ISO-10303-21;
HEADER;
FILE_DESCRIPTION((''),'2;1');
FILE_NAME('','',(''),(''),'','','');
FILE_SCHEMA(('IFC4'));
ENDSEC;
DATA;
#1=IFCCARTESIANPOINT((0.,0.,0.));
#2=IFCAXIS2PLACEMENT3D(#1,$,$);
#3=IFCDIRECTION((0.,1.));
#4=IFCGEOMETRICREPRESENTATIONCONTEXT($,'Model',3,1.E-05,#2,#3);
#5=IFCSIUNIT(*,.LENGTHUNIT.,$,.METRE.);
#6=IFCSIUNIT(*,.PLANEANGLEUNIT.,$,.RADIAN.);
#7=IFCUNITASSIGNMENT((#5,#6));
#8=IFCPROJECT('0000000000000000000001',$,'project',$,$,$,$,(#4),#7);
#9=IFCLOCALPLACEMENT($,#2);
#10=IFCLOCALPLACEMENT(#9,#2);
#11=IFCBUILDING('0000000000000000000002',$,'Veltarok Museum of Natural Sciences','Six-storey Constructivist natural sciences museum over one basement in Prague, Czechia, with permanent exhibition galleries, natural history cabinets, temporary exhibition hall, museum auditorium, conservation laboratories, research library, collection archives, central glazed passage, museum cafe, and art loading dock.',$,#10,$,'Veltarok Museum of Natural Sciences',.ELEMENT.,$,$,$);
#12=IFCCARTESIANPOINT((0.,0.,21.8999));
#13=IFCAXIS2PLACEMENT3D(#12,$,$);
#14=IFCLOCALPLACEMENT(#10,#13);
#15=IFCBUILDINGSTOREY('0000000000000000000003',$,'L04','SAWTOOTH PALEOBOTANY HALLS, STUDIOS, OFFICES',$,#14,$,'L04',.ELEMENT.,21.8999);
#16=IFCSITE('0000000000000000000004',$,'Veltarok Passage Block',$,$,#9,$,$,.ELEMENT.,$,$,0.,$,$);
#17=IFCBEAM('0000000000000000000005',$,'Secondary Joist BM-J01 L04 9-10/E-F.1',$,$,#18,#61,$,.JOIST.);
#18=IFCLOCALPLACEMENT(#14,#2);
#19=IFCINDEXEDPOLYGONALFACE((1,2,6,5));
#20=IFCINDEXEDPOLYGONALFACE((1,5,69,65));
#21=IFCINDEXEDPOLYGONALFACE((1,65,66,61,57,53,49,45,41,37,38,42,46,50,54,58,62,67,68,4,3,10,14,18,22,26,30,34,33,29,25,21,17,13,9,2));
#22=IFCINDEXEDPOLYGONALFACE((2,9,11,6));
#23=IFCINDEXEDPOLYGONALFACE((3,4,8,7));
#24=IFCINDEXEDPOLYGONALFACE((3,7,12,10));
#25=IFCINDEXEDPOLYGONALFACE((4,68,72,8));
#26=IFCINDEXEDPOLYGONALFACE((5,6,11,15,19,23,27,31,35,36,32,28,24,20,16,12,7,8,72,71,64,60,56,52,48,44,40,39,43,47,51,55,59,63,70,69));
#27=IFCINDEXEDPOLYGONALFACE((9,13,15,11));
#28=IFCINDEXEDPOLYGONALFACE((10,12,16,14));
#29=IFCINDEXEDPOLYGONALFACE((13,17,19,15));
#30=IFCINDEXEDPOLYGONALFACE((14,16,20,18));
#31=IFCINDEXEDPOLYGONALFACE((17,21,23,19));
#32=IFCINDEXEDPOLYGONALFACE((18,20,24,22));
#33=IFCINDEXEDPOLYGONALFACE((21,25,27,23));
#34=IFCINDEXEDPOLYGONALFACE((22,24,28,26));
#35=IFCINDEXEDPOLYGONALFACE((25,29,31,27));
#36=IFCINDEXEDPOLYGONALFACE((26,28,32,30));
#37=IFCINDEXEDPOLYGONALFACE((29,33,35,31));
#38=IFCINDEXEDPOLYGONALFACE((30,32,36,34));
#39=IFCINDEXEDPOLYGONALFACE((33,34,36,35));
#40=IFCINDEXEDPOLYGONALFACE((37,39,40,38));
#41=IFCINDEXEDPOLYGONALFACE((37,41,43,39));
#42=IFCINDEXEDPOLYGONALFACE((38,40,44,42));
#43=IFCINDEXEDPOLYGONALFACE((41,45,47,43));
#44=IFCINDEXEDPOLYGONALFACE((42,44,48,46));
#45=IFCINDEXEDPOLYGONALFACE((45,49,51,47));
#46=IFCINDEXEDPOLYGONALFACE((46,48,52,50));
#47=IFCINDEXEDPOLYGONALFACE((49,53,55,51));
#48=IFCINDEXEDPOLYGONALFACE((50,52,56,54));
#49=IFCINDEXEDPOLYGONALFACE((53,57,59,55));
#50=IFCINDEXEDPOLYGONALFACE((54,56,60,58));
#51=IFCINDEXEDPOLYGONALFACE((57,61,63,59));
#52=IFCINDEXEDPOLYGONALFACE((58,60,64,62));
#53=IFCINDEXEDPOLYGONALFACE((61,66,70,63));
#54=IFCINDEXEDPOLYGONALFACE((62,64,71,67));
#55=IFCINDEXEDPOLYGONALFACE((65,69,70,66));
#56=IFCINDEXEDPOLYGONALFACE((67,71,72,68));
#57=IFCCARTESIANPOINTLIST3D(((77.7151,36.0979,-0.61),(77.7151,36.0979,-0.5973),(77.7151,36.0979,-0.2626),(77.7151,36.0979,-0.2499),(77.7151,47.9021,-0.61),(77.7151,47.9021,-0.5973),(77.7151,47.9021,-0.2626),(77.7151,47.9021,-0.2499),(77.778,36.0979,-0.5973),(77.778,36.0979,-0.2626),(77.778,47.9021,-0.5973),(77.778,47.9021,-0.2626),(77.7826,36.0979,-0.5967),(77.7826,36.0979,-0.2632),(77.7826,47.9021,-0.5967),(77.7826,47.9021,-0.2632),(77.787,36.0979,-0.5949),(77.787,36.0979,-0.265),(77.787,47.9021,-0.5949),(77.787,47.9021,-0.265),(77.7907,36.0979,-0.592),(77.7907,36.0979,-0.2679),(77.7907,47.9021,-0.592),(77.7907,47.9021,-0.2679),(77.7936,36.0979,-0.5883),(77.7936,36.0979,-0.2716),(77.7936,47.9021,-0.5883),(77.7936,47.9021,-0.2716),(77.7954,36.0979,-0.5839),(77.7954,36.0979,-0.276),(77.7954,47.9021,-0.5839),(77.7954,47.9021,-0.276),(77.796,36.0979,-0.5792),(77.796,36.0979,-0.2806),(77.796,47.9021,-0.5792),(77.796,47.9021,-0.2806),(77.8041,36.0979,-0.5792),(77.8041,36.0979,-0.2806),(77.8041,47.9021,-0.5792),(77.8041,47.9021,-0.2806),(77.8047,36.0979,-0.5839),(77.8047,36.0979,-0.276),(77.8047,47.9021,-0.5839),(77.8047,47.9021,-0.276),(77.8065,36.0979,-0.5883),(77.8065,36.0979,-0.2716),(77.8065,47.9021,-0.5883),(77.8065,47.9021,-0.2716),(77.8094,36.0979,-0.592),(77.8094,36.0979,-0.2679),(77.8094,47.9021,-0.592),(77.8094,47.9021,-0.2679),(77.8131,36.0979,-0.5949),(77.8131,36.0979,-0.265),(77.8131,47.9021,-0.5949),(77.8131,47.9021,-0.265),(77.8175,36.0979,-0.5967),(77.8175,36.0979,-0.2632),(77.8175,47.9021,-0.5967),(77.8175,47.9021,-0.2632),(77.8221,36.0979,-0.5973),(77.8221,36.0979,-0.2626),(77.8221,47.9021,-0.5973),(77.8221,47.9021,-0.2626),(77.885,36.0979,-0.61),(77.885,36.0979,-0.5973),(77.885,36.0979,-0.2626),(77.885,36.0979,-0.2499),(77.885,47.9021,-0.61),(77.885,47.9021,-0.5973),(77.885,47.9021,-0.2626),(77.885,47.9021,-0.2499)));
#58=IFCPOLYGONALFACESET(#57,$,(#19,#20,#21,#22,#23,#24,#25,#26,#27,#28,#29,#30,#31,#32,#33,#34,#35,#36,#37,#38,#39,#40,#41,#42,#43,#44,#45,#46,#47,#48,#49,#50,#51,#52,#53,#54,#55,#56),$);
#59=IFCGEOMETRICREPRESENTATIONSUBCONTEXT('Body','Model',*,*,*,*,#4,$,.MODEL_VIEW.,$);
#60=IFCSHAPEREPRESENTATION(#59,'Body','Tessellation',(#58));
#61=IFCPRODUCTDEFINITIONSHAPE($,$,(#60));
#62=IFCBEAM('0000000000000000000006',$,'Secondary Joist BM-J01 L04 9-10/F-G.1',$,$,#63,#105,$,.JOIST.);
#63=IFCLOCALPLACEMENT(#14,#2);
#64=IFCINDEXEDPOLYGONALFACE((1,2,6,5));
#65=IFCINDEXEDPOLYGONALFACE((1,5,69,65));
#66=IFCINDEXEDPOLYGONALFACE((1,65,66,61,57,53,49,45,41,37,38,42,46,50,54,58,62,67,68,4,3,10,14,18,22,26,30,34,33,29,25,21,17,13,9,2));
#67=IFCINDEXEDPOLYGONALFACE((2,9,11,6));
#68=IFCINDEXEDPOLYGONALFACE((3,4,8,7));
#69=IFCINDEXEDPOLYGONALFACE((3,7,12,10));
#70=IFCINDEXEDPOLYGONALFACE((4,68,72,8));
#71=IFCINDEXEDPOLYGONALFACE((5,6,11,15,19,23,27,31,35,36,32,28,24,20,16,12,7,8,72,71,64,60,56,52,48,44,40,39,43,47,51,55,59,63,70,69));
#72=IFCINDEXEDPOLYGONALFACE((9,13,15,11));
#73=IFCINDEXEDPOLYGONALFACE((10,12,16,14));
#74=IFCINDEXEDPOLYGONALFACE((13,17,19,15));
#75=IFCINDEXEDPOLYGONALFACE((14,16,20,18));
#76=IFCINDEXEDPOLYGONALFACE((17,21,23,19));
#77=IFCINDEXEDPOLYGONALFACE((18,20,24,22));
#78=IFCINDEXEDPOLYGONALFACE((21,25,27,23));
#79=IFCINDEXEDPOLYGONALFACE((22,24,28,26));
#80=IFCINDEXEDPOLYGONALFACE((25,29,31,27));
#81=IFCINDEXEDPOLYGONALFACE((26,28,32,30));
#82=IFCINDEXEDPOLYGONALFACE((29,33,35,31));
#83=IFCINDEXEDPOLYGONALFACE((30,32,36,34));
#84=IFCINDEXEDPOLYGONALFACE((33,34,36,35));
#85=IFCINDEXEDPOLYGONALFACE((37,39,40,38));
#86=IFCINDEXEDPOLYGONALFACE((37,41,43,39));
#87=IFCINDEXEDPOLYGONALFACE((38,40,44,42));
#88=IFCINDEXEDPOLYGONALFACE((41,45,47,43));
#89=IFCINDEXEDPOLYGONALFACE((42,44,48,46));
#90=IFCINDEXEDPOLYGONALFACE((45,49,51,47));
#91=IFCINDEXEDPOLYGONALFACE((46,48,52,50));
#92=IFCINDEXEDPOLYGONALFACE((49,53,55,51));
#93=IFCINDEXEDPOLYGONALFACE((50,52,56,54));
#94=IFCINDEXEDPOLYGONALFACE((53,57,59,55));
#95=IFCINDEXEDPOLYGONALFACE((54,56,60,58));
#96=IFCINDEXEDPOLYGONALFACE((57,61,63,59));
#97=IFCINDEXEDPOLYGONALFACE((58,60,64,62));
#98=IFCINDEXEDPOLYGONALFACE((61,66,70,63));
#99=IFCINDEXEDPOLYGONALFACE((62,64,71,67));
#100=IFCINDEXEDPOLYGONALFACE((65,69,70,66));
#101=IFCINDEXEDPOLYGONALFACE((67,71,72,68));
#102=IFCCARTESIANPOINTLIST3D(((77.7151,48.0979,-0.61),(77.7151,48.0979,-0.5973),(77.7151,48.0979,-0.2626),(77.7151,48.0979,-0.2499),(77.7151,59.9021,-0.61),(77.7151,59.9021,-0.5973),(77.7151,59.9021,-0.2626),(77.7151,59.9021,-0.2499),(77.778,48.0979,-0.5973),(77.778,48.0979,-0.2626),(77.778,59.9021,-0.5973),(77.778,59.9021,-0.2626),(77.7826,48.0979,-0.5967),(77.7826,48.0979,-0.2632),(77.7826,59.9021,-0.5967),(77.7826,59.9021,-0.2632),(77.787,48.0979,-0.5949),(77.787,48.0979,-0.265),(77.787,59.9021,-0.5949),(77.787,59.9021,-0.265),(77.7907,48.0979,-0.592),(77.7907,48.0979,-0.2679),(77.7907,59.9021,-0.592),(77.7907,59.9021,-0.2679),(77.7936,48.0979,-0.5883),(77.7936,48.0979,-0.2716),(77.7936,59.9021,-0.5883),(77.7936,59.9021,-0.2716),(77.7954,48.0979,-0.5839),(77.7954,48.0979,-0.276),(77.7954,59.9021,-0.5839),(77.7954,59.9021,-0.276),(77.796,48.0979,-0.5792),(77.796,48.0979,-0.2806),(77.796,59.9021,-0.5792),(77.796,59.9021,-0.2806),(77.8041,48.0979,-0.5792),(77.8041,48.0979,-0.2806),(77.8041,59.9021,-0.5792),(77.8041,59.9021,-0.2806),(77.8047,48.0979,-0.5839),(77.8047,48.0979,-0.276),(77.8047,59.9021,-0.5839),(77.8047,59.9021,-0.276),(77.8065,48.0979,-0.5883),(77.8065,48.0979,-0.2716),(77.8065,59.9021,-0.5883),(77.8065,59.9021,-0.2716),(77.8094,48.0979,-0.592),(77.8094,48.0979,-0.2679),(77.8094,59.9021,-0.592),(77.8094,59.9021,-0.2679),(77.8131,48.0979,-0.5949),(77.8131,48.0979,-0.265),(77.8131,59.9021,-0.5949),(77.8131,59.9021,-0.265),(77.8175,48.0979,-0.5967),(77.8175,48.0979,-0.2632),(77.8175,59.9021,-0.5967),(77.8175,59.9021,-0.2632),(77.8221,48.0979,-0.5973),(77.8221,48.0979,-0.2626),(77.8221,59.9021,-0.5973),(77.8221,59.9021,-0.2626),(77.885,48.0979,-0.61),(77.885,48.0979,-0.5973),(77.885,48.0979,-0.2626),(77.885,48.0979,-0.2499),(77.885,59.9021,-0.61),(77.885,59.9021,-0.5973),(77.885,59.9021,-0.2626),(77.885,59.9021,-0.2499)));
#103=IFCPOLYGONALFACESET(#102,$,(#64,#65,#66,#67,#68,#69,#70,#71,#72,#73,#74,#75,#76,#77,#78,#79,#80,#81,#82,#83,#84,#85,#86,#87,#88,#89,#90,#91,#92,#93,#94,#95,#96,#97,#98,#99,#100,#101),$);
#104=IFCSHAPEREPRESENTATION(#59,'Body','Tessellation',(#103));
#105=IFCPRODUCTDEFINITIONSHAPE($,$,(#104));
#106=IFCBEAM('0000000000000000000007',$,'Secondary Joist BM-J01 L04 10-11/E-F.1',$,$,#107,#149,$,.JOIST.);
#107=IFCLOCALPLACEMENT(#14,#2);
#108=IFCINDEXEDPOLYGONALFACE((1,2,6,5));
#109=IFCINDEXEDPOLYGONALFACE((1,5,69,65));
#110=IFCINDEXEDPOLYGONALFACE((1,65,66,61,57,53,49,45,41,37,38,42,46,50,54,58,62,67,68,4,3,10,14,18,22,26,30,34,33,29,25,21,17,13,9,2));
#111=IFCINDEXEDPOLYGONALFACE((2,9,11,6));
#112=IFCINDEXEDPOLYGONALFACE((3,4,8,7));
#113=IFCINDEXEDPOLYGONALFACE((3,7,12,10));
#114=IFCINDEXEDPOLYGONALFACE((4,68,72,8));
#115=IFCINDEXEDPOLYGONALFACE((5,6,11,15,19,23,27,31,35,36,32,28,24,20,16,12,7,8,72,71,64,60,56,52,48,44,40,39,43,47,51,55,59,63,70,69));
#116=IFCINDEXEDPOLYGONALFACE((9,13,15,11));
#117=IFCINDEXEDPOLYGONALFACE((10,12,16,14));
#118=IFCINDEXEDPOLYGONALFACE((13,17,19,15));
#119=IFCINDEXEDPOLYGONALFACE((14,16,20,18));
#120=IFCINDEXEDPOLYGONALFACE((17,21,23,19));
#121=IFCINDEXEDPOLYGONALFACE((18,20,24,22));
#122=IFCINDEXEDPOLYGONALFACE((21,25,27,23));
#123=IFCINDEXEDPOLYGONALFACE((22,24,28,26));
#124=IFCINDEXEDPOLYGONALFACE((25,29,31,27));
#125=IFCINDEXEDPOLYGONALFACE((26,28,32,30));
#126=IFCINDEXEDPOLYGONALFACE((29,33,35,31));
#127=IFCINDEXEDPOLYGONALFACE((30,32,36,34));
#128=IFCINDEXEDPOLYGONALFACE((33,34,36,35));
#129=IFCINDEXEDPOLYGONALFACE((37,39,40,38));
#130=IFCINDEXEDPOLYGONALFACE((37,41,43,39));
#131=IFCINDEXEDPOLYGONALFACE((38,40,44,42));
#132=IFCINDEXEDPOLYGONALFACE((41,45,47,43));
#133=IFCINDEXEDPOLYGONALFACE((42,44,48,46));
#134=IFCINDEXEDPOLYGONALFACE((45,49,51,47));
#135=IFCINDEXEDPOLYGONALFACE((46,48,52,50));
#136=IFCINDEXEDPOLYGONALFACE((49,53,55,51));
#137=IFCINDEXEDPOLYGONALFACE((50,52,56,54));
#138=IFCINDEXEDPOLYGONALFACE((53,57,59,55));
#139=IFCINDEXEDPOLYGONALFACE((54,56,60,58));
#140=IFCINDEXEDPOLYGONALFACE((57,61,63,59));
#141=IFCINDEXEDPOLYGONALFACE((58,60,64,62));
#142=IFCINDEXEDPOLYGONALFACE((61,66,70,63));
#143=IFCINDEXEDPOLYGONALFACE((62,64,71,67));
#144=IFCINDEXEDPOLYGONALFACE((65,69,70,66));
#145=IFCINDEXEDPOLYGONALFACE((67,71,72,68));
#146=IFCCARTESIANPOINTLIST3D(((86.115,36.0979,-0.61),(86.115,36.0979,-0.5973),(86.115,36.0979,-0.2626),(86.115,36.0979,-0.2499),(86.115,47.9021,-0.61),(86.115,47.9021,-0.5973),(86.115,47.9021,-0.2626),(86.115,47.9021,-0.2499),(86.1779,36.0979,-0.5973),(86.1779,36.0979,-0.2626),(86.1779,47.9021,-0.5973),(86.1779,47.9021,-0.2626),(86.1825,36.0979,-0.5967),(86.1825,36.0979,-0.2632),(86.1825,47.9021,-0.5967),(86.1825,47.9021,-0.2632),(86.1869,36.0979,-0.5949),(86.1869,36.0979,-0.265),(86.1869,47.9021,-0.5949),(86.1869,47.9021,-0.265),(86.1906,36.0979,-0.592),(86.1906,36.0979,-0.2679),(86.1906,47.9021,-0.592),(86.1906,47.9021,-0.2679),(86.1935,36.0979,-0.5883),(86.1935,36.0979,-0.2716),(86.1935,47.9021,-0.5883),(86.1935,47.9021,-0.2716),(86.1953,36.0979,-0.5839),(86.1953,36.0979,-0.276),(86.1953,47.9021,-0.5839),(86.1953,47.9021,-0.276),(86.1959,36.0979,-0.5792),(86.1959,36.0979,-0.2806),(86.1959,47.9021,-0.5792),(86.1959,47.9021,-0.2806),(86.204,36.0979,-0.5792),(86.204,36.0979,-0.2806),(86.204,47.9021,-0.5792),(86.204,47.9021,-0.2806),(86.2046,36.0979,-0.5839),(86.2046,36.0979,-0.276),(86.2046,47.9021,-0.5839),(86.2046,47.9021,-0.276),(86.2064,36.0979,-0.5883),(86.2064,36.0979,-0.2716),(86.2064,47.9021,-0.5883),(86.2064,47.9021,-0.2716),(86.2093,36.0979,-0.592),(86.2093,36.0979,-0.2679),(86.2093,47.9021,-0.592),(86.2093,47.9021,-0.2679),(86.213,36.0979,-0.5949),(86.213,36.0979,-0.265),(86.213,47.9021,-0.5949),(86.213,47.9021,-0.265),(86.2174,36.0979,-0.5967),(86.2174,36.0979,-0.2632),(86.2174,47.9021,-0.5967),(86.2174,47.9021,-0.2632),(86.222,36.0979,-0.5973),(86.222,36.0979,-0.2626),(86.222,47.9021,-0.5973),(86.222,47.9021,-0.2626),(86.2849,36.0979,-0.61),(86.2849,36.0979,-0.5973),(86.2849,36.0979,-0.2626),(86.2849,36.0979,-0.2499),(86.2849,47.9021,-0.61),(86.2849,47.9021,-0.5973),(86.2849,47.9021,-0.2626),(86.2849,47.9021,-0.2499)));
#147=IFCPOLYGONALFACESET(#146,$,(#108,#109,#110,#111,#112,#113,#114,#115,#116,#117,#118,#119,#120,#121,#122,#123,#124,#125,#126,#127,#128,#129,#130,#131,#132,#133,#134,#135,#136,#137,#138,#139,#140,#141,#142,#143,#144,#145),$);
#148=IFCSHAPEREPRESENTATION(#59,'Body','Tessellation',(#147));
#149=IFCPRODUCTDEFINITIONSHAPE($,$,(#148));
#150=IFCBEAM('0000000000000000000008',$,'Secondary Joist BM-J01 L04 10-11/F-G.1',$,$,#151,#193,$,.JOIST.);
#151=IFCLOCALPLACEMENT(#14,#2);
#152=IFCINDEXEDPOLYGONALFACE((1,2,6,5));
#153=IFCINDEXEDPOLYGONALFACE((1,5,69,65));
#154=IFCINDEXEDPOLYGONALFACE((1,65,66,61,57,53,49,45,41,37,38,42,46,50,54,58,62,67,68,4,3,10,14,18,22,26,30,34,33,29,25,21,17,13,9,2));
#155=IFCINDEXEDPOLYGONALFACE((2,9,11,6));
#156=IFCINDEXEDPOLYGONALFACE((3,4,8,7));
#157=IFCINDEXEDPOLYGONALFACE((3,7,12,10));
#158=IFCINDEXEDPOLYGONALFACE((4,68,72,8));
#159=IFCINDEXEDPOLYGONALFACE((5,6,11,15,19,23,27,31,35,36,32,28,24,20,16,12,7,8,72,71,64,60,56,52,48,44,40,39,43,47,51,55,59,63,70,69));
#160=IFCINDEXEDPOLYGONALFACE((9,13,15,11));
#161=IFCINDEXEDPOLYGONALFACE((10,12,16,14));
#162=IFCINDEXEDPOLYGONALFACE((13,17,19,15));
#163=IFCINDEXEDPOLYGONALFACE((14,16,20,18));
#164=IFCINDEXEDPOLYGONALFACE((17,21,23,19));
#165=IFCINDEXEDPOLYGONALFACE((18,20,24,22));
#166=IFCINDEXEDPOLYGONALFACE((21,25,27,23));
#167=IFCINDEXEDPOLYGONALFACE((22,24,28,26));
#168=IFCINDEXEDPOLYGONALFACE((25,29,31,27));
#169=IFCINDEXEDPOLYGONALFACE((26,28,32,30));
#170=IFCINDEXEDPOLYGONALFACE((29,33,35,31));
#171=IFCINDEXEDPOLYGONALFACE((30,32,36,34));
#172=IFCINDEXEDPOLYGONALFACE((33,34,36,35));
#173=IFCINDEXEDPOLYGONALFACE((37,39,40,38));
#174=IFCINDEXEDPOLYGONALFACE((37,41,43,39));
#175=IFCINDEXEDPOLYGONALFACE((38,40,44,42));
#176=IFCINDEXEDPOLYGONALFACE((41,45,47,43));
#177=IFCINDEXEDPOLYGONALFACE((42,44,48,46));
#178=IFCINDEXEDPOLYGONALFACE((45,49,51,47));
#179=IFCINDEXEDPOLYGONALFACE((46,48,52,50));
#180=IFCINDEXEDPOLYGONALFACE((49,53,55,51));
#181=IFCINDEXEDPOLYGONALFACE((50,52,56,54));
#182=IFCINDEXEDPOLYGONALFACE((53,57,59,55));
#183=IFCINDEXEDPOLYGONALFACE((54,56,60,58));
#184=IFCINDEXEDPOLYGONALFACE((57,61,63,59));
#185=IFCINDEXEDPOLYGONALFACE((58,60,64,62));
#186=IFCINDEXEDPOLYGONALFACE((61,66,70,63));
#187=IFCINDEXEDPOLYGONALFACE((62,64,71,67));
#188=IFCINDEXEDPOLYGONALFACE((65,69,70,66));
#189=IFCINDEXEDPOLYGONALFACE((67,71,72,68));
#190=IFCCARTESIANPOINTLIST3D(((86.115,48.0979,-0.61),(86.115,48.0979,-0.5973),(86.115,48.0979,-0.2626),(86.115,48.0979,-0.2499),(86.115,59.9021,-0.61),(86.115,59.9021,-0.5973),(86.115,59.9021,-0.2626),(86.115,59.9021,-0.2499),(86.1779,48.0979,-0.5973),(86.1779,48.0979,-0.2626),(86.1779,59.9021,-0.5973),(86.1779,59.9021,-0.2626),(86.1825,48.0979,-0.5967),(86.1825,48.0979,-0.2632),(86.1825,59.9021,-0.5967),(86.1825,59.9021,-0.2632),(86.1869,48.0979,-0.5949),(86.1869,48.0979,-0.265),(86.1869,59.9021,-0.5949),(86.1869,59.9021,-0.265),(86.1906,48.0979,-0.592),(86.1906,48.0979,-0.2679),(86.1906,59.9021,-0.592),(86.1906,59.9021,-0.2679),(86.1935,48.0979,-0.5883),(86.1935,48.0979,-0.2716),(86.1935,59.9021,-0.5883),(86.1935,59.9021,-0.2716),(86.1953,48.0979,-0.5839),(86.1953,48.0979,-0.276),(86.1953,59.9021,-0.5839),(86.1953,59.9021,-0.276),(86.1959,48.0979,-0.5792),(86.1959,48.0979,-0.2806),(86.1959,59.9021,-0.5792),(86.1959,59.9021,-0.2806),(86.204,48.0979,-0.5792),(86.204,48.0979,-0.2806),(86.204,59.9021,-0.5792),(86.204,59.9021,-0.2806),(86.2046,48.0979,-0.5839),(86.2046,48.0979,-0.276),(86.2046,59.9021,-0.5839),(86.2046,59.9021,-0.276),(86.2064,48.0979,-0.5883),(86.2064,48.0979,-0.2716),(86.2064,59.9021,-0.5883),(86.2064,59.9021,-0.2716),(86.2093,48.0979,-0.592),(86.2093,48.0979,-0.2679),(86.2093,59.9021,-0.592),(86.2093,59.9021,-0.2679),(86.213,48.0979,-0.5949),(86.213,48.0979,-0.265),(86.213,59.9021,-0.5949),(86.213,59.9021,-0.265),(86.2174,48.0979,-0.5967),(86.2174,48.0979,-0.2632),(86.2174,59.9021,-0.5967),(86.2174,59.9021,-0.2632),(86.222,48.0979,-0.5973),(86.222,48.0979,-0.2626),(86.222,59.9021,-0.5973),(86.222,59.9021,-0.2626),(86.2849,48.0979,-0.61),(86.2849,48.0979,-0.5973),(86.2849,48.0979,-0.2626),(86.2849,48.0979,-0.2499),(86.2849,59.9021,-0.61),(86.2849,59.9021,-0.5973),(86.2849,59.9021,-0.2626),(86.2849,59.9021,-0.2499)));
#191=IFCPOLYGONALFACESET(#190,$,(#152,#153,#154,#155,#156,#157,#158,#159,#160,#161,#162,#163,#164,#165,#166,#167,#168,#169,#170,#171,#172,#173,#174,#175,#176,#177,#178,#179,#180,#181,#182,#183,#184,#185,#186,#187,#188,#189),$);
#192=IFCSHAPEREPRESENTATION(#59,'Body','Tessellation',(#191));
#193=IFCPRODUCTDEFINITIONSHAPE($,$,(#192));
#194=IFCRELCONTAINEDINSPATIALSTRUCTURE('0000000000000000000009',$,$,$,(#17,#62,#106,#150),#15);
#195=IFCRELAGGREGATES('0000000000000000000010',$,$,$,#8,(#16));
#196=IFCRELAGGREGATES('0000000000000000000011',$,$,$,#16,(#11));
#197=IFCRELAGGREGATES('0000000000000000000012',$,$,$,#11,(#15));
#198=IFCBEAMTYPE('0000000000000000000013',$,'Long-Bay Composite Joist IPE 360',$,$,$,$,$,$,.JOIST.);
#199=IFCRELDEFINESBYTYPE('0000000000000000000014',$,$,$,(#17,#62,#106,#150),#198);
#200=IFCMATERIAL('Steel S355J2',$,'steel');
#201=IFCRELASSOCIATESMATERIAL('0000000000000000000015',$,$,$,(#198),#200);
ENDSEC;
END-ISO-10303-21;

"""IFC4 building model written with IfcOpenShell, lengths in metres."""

from ifc_helpers import new_model, si_unit, direction, frame, origin, origin_2d, place, context, subcontext, project, spatial, i_section, extrude, material, material_profile, profile_set, type_object, element, save


model = new_model("IFC4")

# Units and contexts
model_context = context("Model", 3, precision=1e-05, world=origin(), true_north=direction((0.0, 1.0)))
body_context = subcontext(model_context, "Body", "Model", "MODEL_VIEW")
ifc_project = project(units=[si_unit("LENGTHUNIT", "METRE"), si_unit("PLANEANGLEUNIT", "RADIAN")], contexts=[model_context])

# Site, building, storey
site_placement = place(None, origin())
site = spatial("IfcSite", under=ifc_project, at=site_placement, Name="Veltarok Passage Block", CompositionType="ELEMENT", RefElevation=0.0)
building_placement = place(site_placement, origin())
building = spatial("IfcBuilding", under=site, at=building_placement, Name="Veltarok Museum of Natural Sciences", Description="Six-storey Constructivist natural sciences museum over one basement in Prague, Czechia, with permanent exhibition galleries, natural history cabinets, temporary exhibition hall, museum auditorium, conservation laboratories, research library, collection archives, central glazed passage, museum cafe, and art loading dock.", LongName="Veltarok Museum of Natural Sciences", CompositionType="ELEMENT")
storey_placement = place(building_placement, frame((0.0, 0.0, 21.8999)))
storey = spatial("IfcBuildingStorey", under=building, at=storey_placement, Name="L04", Description="SAWTOOTH PALEOBOTANY HALLS, STUDIOS, OFFICES", LongName="L04", CompositionType="ELEMENT", Elevation=21.8999)

# Shared definitions
ifc_material = material(Name="Steel S355J2", Category="steel")

# Beams
ifc_material_profile_1 = material_profile(ifc_material, i_section(OverallWidth=0.1699, OverallDepth=0.3601, WebThickness=0.0081, FlangeThickness=0.0127, FilletRadius=0.0181, at=origin_2d()), Name="IPE 360")
ifc_profile_set_1 = profile_set([ifc_material_profile_1], Name="Steel S355J2")
beam_type_1 = type_object("IfcBeamType", Name="Long-Bay Composite Joist IPE 360", PredefinedType="JOIST", material=ifc_profile_set_1)
for number, where, z_axis, x_axis, name in (
    (1, (77.8, 36.0979, -0.4299), (0.0, 1.0, 0.0), (-1.0, 0.0, 0.0), "Secondary Joist BM-J01 L04 9-10/E-F.1"),
    (2, (77.8, 48.0979, -0.4299), (0.0, 1.0, 0.0), (-1.0, 0.0, 0.0), "Secondary Joist BM-J01 L04 9-10/F-G.1"),
    (3, (86.2, 36.0979, -0.4299), (0.0, 1.0, 0.0), (-1.0, 0.0, 0.0), "Secondary Joist BM-J01 L04 10-11/E-F.1"),
    (4, (86.2, 48.0979, -0.4299), (0.0, 1.0, 0.0), (-1.0, 0.0, 0.0), "Secondary Joist BM-J01 L04 10-11/F-G.1"),
):
    element("IfcBeam", number, at=place(storey_placement, frame(where, z_axis=z_axis, x_axis=x_axis)), inside=storey, type_object=beam_type_1, Name=name, PredefinedType="JOIST", context=body_context, shape_type="SweptSolid", body=[
        extrude(i_section(OverallWidth=0.1699, OverallDepth=0.3601, WebThickness=0.0081, FlangeThickness=0.0127, FilletRadius=0.0181, at=origin_2d()), origin(), (0.0, 0.0, 1.0), 11.8042),
    ])

save(model, "model.ifc")
